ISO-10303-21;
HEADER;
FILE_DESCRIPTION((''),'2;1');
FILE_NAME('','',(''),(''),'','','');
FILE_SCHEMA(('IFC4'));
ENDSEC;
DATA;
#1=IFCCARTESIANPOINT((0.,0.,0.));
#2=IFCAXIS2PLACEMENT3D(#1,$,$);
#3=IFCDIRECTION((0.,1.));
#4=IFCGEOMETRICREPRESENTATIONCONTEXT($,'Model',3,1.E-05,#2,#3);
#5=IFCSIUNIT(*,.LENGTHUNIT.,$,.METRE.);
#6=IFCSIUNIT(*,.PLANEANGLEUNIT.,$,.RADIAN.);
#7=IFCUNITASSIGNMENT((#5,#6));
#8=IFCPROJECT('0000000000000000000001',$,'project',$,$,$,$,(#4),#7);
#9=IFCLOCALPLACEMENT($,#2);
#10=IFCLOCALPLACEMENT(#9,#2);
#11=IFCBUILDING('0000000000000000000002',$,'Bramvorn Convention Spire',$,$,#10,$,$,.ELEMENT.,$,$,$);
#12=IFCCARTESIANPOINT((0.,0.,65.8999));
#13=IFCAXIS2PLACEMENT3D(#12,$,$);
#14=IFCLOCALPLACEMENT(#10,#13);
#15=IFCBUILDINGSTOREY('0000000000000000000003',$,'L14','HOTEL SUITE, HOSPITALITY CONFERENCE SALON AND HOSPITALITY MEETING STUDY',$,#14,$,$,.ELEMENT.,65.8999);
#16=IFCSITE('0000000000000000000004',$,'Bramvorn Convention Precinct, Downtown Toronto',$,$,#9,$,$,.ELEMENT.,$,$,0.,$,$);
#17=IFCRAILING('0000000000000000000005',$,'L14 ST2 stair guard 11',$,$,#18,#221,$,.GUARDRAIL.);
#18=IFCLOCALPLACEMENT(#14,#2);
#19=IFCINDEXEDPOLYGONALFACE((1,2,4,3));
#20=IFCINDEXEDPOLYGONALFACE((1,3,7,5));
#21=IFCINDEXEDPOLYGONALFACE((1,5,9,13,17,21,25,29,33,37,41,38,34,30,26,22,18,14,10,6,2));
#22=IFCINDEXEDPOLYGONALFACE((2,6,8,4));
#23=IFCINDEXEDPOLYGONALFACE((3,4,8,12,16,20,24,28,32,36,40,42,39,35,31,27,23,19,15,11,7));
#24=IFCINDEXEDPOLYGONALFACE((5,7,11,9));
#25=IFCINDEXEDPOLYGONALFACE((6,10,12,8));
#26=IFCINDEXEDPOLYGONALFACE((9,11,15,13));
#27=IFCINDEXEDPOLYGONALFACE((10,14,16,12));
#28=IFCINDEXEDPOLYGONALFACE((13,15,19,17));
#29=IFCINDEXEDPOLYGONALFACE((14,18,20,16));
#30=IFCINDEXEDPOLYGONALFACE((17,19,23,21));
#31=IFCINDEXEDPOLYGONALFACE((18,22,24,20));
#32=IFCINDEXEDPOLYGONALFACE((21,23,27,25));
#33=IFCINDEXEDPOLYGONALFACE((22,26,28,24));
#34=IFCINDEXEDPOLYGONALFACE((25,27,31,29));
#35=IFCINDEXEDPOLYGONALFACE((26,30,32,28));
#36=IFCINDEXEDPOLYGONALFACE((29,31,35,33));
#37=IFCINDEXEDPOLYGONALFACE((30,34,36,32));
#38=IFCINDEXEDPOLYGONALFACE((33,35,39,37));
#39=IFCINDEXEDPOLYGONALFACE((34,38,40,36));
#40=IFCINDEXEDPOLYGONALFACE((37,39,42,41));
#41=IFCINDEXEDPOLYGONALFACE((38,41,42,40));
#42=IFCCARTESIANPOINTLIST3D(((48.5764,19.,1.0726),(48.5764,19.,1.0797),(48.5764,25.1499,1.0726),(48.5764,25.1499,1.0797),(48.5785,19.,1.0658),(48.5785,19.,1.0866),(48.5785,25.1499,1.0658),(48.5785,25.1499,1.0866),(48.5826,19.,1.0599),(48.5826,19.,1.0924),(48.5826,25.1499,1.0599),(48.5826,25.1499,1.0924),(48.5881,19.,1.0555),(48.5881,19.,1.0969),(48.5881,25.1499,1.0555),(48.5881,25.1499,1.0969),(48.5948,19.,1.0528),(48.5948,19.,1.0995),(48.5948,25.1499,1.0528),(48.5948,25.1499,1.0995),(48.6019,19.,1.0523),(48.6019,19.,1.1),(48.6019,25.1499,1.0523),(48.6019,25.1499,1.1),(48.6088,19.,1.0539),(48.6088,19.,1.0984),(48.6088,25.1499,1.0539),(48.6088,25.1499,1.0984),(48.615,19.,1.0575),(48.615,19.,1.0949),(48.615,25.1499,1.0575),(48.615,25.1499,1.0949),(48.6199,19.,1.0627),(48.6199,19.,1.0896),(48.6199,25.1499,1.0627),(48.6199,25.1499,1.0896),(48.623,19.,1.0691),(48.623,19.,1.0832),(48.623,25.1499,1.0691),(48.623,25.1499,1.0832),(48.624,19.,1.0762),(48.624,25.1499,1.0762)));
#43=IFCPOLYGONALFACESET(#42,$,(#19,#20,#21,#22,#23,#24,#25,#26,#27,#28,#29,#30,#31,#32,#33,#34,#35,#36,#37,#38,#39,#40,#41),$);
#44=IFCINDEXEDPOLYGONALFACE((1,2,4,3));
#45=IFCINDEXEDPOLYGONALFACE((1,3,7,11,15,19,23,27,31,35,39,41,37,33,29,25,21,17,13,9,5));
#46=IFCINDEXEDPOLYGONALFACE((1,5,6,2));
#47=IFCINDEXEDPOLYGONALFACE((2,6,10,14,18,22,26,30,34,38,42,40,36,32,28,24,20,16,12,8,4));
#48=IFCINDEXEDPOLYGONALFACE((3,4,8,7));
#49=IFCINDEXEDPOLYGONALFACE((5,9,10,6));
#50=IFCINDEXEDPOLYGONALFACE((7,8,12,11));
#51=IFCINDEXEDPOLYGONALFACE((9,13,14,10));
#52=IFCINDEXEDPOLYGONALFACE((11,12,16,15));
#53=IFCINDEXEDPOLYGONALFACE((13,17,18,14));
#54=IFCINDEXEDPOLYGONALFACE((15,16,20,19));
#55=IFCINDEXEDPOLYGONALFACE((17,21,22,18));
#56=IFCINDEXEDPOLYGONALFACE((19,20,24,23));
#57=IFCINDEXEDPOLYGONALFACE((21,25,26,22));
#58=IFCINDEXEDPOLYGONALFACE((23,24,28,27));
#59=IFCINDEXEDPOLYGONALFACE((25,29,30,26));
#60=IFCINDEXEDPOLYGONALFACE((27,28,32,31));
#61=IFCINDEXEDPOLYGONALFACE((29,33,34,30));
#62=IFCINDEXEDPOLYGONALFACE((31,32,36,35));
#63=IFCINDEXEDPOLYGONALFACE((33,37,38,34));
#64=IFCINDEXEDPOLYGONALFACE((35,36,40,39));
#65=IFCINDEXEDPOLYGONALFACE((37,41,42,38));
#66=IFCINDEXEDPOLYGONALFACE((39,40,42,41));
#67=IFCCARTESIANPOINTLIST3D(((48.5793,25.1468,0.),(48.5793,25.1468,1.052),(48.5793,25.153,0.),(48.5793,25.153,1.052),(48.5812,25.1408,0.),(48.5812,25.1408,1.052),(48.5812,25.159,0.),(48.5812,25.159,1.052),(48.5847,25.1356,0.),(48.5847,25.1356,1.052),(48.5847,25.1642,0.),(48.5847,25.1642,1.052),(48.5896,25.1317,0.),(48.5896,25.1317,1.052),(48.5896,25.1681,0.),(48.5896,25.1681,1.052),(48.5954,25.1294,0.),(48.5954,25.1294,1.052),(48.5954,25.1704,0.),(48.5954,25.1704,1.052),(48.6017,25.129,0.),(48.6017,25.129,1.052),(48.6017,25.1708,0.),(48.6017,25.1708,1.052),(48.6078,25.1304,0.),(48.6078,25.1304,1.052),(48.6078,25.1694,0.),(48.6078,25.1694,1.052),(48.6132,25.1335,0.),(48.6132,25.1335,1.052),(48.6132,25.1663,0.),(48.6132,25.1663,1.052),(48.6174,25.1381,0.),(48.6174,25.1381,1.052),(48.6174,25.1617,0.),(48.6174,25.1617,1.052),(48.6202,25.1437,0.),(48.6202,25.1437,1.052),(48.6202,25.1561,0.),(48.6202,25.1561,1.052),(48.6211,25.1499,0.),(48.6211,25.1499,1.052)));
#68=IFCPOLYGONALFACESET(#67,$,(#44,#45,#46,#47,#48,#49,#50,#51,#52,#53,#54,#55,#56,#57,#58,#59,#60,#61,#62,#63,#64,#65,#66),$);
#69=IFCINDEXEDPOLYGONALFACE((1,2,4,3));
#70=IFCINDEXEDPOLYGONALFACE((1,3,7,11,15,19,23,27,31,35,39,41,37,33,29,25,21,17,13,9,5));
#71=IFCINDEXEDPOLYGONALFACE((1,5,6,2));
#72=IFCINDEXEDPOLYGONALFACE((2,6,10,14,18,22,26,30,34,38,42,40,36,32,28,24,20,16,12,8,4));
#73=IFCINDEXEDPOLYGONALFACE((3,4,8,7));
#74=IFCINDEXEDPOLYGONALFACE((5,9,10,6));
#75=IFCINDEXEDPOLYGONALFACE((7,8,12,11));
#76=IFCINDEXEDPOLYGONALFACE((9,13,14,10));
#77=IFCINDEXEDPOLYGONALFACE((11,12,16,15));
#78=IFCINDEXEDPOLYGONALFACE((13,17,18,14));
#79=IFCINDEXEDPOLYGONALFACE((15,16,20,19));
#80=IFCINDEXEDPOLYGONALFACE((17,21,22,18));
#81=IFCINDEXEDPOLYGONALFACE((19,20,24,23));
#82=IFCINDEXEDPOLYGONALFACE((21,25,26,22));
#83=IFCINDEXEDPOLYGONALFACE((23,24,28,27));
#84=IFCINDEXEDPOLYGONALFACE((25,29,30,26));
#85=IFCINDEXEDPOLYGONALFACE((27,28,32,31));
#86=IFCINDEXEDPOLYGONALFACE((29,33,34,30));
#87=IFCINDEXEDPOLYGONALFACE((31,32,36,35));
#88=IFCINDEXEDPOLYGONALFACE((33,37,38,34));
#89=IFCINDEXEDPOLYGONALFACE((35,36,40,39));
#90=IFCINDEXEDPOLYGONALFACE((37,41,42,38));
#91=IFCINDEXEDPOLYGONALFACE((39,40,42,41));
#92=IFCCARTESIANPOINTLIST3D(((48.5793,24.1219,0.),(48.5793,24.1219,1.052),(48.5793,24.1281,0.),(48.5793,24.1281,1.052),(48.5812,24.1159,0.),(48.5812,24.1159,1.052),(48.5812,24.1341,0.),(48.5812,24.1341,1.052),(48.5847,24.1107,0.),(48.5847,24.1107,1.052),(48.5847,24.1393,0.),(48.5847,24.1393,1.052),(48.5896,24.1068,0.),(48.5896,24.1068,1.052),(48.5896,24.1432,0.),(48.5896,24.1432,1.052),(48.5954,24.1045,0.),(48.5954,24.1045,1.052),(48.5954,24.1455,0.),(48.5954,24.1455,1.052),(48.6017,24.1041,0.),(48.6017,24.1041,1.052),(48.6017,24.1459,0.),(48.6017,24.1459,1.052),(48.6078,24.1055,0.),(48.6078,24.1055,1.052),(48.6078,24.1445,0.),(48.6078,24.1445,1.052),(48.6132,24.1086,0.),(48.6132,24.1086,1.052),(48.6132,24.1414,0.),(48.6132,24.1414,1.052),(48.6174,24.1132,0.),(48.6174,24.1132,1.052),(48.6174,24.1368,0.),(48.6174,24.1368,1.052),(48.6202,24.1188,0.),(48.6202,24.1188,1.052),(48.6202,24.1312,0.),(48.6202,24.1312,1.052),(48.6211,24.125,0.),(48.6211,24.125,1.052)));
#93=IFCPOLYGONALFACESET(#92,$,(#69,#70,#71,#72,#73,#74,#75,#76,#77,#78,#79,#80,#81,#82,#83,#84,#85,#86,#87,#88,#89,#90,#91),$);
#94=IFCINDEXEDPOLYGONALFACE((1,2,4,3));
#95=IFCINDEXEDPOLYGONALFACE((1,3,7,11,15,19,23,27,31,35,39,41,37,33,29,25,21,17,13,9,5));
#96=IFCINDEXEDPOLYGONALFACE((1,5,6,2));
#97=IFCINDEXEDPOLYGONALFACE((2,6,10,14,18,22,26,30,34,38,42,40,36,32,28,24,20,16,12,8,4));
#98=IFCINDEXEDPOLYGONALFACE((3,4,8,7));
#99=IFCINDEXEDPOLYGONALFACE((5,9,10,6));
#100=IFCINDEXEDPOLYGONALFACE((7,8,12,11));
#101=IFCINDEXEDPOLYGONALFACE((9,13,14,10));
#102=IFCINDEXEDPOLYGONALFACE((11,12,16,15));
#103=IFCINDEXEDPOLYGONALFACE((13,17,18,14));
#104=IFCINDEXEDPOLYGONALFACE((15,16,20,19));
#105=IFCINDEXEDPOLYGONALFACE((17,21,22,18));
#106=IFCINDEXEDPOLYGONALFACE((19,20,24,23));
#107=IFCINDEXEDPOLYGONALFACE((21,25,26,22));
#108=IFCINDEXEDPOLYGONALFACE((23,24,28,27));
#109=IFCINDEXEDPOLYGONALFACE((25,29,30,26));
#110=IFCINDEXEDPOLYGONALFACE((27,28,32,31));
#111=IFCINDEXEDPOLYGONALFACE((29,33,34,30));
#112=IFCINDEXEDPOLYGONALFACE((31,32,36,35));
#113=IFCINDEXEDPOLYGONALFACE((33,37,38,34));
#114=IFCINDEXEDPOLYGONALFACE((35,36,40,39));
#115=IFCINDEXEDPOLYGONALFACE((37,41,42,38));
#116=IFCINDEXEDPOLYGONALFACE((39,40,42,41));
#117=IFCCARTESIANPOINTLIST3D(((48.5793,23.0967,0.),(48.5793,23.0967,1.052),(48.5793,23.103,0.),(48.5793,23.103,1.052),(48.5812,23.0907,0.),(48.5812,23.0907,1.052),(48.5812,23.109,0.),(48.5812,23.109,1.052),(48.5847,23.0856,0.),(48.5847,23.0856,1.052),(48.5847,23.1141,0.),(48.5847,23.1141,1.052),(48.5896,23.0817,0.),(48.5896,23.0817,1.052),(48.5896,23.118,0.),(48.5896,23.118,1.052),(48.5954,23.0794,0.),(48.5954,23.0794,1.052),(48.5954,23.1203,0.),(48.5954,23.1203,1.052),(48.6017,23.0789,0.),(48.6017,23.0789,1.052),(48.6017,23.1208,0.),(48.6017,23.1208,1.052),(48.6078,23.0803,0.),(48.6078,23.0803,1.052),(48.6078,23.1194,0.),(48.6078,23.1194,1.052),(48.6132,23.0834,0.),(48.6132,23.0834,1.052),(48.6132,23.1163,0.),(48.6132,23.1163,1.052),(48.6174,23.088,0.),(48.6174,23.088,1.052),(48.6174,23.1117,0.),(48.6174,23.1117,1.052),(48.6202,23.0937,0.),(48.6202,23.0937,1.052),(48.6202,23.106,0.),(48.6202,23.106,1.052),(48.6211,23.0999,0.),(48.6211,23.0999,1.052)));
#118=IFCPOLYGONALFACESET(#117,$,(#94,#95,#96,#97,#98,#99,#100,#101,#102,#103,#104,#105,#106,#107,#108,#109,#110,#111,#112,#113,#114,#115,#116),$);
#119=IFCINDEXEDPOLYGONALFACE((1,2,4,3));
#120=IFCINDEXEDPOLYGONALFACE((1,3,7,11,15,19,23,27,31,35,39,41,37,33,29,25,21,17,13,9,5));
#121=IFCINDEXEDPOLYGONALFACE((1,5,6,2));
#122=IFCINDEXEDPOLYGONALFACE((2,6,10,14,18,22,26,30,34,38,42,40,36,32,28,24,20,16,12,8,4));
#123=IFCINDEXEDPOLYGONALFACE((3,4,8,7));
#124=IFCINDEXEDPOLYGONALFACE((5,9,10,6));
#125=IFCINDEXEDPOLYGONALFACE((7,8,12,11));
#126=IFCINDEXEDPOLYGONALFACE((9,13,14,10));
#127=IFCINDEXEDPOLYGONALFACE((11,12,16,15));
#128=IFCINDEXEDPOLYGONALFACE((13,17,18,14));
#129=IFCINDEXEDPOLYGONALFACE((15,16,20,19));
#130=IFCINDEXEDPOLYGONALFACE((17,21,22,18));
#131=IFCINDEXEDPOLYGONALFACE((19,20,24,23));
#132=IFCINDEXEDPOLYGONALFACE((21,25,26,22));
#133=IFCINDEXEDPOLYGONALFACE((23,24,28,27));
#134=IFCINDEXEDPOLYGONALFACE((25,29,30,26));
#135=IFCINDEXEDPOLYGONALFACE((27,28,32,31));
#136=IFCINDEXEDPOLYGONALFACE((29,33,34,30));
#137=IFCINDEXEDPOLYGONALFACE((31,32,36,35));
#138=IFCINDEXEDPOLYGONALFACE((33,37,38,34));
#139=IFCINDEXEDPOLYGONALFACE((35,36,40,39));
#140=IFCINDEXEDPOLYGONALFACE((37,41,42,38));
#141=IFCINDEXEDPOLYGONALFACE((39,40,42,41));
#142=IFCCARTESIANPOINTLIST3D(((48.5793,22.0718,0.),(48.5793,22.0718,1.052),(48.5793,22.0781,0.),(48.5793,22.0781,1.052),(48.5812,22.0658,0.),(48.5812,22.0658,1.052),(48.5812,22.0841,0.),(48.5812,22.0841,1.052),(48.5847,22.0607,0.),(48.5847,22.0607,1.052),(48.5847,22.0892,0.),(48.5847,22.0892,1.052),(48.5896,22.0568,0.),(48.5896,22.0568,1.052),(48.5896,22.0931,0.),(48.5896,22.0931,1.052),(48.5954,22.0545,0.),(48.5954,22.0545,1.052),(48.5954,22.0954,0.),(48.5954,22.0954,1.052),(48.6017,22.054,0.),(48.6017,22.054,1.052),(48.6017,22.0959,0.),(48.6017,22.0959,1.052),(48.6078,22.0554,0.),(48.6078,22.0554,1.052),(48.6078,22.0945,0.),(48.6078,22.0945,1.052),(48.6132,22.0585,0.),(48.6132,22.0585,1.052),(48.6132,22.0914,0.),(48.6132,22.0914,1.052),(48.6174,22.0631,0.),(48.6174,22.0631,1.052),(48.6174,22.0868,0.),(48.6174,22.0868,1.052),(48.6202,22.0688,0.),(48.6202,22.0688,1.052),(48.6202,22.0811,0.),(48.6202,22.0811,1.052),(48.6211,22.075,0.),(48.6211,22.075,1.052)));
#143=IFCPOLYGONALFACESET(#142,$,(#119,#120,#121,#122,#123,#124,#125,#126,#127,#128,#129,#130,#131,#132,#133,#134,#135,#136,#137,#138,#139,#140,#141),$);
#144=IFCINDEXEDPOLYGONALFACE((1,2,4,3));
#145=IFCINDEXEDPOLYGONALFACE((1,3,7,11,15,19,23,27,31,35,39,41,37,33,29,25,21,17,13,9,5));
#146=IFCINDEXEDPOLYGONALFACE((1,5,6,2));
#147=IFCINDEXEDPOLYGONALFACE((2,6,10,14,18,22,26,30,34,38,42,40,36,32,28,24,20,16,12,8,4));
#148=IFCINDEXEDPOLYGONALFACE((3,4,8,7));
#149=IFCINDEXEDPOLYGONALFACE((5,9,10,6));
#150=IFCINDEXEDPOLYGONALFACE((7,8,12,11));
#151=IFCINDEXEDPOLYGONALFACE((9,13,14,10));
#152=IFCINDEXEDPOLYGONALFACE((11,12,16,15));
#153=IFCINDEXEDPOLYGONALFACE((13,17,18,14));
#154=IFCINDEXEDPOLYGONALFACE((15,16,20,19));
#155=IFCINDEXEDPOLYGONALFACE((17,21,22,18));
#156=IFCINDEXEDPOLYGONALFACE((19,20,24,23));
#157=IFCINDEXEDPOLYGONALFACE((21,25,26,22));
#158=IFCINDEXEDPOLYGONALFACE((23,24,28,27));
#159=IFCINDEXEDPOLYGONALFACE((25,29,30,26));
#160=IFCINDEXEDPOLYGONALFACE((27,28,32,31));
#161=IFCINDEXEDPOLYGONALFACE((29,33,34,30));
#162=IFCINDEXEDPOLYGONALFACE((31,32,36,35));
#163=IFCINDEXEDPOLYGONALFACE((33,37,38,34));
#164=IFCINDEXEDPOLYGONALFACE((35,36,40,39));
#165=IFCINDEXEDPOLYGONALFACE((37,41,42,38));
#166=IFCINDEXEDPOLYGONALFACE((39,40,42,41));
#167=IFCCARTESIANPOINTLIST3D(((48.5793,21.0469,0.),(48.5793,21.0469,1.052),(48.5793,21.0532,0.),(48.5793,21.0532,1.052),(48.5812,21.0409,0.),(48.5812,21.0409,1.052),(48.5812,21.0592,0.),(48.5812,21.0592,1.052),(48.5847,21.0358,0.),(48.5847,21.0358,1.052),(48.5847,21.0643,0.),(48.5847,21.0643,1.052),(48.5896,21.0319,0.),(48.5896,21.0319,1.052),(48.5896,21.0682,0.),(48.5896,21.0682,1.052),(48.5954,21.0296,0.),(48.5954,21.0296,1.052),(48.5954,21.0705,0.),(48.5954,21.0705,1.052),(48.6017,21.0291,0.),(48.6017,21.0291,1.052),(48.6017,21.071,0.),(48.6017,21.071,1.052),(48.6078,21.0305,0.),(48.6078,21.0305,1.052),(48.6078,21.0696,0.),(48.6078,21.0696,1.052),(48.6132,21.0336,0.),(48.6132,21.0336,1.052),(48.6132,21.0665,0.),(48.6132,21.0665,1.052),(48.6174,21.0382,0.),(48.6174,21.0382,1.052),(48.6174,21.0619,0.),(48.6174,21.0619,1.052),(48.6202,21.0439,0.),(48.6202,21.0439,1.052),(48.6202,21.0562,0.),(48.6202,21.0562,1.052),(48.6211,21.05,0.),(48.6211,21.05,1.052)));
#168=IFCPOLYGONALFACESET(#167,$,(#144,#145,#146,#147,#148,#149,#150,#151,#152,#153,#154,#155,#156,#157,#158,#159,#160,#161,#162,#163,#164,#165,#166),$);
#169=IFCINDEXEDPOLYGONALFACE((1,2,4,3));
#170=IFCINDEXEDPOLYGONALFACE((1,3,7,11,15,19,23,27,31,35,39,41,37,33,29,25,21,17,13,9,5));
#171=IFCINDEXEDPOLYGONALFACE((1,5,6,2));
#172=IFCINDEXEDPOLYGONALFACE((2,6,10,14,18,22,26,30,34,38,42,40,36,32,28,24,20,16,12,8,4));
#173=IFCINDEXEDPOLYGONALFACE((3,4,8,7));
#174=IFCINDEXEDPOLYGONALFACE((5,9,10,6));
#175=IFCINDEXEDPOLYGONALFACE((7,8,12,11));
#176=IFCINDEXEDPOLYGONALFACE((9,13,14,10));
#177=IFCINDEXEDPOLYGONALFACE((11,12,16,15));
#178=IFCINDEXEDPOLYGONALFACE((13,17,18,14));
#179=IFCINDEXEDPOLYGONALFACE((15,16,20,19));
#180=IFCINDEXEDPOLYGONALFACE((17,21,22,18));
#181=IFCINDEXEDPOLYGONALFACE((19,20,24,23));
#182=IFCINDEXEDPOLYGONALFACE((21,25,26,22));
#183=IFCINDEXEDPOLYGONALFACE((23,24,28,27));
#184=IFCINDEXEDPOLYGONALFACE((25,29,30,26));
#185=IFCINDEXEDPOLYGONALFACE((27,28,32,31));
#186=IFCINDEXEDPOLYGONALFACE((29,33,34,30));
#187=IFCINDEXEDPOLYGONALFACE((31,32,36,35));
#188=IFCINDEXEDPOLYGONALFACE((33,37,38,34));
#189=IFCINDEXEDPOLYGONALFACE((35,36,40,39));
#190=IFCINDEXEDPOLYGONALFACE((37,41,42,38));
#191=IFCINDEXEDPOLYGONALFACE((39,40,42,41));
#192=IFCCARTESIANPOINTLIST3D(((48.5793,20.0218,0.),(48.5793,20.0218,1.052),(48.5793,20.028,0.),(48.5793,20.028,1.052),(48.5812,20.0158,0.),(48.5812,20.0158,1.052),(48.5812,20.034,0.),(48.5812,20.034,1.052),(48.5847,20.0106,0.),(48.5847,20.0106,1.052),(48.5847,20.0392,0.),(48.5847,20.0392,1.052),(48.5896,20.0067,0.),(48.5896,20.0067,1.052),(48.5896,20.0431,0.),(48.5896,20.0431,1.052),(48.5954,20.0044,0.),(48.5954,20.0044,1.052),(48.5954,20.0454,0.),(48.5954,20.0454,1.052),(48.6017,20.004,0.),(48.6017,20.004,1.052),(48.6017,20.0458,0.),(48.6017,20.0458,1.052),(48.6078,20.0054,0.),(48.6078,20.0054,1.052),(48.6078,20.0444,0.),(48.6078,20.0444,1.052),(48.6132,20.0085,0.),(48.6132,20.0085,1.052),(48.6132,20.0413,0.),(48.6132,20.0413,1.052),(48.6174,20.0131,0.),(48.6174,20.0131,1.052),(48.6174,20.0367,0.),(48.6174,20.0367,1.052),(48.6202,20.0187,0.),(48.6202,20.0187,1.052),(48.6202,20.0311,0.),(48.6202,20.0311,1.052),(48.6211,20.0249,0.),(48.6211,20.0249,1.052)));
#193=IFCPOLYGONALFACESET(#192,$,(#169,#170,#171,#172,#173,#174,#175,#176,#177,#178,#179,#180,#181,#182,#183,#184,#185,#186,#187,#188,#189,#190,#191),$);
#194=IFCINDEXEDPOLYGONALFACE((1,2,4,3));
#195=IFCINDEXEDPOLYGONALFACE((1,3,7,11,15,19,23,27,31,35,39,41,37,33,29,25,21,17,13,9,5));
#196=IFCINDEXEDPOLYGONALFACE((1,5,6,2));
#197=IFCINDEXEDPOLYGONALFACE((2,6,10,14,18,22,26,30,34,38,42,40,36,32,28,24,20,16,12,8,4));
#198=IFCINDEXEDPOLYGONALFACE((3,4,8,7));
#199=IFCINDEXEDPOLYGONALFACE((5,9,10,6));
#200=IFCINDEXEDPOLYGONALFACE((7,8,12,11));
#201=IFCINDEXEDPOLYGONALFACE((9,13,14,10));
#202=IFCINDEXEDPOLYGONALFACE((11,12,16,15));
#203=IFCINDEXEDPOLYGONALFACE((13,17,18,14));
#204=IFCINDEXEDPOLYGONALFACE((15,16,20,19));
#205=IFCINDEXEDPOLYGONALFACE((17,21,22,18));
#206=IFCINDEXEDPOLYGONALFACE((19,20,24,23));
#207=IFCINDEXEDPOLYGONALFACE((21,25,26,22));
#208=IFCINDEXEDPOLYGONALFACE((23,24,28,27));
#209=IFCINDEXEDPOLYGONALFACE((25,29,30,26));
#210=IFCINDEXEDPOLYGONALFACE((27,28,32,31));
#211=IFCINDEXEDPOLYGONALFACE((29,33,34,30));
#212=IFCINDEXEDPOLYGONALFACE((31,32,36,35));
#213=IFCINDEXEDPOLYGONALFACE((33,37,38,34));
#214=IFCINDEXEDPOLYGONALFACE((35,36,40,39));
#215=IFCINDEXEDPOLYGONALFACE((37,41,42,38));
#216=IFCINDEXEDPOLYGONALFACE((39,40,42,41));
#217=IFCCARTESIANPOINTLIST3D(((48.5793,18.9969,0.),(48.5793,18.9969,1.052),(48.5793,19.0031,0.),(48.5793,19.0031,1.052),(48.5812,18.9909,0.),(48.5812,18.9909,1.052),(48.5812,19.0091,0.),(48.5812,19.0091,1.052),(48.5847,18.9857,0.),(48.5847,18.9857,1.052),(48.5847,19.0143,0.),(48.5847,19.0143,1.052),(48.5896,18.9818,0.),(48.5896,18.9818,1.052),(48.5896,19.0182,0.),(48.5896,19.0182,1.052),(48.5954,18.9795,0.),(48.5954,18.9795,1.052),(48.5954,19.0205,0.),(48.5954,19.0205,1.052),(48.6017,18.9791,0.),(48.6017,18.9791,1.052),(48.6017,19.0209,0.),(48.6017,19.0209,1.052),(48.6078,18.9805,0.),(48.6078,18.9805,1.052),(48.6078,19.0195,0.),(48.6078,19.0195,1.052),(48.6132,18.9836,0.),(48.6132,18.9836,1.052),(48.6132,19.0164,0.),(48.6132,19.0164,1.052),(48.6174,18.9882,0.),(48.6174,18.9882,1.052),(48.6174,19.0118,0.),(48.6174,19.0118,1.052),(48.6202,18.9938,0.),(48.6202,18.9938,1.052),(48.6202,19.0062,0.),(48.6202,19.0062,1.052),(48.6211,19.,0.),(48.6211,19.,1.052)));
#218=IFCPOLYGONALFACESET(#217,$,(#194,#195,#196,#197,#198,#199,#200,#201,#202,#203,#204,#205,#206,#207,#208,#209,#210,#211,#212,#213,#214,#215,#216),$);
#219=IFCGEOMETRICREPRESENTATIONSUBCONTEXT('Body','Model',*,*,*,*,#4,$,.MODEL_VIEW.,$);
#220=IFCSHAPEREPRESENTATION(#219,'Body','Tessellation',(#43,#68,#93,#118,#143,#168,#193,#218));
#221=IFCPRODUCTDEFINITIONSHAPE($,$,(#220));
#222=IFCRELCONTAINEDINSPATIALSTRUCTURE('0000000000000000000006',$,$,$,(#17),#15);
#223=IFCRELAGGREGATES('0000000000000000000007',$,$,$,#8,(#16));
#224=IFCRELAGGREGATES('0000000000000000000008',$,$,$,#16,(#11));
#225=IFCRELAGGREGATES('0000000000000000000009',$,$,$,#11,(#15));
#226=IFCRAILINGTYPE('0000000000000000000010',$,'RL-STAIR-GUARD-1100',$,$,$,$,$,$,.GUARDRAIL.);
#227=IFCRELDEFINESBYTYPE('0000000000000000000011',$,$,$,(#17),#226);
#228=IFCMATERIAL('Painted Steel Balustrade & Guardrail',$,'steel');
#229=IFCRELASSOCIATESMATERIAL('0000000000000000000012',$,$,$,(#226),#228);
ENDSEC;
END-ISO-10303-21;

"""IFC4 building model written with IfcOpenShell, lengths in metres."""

from ifc_helpers import new_model, si_unit, direction, frame, origin, origin_2d, place, context, subcontext, project, spatial, circle, extrude, material, type_object, element, save


model = new_model("IFC4")

# Units and contexts
model_context = context("Model", 3, precision=1e-05, world=origin(), true_north=direction((0.0, 1.0)))
body_context = subcontext(model_context, "Body", "Model", "MODEL_VIEW")
ifc_project = project(units=[si_unit("LENGTHUNIT", "METRE"), si_unit("PLANEANGLEUNIT", "RADIAN")], contexts=[model_context])

# Site, building, storey
site_placement = place(None, origin())
site = spatial("IfcSite", under=ifc_project, at=site_placement, Name="Bramvorn Convention Precinct, Downtown Toronto", CompositionType="ELEMENT", RefElevation=0.0)
building_placement = place(site_placement, origin())
building = spatial("IfcBuilding", under=site, at=building_placement, Name="Bramvorn Convention Spire", CompositionType="ELEMENT")
storey_placement = place(building_placement, frame((0.0, 0.0, 65.8999)))
storey = spatial("IfcBuildingStorey", under=building, at=storey_placement, Name="L14", Description="HOTEL SUITE, HOSPITALITY CONFERENCE SALON AND HOSPITALITY MEETING STUDY", CompositionType="ELEMENT", Elevation=65.8999)

# Railing
ifc_material_1 = material(Name="Painted Steel Balustrade & Guardrail", Category="steel")
railing_type = type_object("IfcRailingType", Name="RL-STAIR-GUARD-1100", PredefinedType="GUARDRAIL", material=ifc_material_1)
railing_1_placement = place(storey_placement, frame((48.6001, 25.1499, 0.0)))
element("IfcRailing", 1, at=railing_1_placement, inside=storey, type_object=railing_type, Name="L14 ST2 stair guard 11", PredefinedType="GUARDRAIL", context=body_context, shape_type="SweptSolid", body=[
    extrude(circle(Radius=0.0239, at=origin_2d()), frame((0.0, 0.0, 1.0762), z_axis=(0.0, -1.0, 0.0), x_axis=(1.0, 0.0, 0.0)), (0.0, 0.0, 1.0), 6.1499),
    extrude(circle(Radius=0.021, at=origin_2d()), origin(), (0.0, 0.0, 1.0), 1.052),
    extrude(circle(Radius=0.021, at=origin_2d()), frame((0.0, -1.0249, 0.0)), (0.0, 0.0, 1.0), 1.052),
    extrude(circle(Radius=0.021, at=origin_2d()), frame((0.0, -2.05, 0.0)), (0.0, 0.0, 1.0), 1.052),
    extrude(circle(Radius=0.021, at=origin_2d()), frame((0.0, -3.075, 0.0)), (0.0, 0.0, 1.0), 1.052),
    extrude(circle(Radius=0.021, at=origin_2d()), frame((0.0, -4.0999, 0.0)), (0.0, 0.0, 1.0), 1.052),
    extrude(circle(Radius=0.021, at=origin_2d()), frame((0.0, -5.125, 0.0)), (0.0, 0.0, 1.0), 1.052),
    extrude(circle(Radius=0.021, at=origin_2d()), frame((0.0, -6.1499, 0.0)), (0.0, 0.0, 1.0), 1.052),
])

save(model, "model.ifc")
